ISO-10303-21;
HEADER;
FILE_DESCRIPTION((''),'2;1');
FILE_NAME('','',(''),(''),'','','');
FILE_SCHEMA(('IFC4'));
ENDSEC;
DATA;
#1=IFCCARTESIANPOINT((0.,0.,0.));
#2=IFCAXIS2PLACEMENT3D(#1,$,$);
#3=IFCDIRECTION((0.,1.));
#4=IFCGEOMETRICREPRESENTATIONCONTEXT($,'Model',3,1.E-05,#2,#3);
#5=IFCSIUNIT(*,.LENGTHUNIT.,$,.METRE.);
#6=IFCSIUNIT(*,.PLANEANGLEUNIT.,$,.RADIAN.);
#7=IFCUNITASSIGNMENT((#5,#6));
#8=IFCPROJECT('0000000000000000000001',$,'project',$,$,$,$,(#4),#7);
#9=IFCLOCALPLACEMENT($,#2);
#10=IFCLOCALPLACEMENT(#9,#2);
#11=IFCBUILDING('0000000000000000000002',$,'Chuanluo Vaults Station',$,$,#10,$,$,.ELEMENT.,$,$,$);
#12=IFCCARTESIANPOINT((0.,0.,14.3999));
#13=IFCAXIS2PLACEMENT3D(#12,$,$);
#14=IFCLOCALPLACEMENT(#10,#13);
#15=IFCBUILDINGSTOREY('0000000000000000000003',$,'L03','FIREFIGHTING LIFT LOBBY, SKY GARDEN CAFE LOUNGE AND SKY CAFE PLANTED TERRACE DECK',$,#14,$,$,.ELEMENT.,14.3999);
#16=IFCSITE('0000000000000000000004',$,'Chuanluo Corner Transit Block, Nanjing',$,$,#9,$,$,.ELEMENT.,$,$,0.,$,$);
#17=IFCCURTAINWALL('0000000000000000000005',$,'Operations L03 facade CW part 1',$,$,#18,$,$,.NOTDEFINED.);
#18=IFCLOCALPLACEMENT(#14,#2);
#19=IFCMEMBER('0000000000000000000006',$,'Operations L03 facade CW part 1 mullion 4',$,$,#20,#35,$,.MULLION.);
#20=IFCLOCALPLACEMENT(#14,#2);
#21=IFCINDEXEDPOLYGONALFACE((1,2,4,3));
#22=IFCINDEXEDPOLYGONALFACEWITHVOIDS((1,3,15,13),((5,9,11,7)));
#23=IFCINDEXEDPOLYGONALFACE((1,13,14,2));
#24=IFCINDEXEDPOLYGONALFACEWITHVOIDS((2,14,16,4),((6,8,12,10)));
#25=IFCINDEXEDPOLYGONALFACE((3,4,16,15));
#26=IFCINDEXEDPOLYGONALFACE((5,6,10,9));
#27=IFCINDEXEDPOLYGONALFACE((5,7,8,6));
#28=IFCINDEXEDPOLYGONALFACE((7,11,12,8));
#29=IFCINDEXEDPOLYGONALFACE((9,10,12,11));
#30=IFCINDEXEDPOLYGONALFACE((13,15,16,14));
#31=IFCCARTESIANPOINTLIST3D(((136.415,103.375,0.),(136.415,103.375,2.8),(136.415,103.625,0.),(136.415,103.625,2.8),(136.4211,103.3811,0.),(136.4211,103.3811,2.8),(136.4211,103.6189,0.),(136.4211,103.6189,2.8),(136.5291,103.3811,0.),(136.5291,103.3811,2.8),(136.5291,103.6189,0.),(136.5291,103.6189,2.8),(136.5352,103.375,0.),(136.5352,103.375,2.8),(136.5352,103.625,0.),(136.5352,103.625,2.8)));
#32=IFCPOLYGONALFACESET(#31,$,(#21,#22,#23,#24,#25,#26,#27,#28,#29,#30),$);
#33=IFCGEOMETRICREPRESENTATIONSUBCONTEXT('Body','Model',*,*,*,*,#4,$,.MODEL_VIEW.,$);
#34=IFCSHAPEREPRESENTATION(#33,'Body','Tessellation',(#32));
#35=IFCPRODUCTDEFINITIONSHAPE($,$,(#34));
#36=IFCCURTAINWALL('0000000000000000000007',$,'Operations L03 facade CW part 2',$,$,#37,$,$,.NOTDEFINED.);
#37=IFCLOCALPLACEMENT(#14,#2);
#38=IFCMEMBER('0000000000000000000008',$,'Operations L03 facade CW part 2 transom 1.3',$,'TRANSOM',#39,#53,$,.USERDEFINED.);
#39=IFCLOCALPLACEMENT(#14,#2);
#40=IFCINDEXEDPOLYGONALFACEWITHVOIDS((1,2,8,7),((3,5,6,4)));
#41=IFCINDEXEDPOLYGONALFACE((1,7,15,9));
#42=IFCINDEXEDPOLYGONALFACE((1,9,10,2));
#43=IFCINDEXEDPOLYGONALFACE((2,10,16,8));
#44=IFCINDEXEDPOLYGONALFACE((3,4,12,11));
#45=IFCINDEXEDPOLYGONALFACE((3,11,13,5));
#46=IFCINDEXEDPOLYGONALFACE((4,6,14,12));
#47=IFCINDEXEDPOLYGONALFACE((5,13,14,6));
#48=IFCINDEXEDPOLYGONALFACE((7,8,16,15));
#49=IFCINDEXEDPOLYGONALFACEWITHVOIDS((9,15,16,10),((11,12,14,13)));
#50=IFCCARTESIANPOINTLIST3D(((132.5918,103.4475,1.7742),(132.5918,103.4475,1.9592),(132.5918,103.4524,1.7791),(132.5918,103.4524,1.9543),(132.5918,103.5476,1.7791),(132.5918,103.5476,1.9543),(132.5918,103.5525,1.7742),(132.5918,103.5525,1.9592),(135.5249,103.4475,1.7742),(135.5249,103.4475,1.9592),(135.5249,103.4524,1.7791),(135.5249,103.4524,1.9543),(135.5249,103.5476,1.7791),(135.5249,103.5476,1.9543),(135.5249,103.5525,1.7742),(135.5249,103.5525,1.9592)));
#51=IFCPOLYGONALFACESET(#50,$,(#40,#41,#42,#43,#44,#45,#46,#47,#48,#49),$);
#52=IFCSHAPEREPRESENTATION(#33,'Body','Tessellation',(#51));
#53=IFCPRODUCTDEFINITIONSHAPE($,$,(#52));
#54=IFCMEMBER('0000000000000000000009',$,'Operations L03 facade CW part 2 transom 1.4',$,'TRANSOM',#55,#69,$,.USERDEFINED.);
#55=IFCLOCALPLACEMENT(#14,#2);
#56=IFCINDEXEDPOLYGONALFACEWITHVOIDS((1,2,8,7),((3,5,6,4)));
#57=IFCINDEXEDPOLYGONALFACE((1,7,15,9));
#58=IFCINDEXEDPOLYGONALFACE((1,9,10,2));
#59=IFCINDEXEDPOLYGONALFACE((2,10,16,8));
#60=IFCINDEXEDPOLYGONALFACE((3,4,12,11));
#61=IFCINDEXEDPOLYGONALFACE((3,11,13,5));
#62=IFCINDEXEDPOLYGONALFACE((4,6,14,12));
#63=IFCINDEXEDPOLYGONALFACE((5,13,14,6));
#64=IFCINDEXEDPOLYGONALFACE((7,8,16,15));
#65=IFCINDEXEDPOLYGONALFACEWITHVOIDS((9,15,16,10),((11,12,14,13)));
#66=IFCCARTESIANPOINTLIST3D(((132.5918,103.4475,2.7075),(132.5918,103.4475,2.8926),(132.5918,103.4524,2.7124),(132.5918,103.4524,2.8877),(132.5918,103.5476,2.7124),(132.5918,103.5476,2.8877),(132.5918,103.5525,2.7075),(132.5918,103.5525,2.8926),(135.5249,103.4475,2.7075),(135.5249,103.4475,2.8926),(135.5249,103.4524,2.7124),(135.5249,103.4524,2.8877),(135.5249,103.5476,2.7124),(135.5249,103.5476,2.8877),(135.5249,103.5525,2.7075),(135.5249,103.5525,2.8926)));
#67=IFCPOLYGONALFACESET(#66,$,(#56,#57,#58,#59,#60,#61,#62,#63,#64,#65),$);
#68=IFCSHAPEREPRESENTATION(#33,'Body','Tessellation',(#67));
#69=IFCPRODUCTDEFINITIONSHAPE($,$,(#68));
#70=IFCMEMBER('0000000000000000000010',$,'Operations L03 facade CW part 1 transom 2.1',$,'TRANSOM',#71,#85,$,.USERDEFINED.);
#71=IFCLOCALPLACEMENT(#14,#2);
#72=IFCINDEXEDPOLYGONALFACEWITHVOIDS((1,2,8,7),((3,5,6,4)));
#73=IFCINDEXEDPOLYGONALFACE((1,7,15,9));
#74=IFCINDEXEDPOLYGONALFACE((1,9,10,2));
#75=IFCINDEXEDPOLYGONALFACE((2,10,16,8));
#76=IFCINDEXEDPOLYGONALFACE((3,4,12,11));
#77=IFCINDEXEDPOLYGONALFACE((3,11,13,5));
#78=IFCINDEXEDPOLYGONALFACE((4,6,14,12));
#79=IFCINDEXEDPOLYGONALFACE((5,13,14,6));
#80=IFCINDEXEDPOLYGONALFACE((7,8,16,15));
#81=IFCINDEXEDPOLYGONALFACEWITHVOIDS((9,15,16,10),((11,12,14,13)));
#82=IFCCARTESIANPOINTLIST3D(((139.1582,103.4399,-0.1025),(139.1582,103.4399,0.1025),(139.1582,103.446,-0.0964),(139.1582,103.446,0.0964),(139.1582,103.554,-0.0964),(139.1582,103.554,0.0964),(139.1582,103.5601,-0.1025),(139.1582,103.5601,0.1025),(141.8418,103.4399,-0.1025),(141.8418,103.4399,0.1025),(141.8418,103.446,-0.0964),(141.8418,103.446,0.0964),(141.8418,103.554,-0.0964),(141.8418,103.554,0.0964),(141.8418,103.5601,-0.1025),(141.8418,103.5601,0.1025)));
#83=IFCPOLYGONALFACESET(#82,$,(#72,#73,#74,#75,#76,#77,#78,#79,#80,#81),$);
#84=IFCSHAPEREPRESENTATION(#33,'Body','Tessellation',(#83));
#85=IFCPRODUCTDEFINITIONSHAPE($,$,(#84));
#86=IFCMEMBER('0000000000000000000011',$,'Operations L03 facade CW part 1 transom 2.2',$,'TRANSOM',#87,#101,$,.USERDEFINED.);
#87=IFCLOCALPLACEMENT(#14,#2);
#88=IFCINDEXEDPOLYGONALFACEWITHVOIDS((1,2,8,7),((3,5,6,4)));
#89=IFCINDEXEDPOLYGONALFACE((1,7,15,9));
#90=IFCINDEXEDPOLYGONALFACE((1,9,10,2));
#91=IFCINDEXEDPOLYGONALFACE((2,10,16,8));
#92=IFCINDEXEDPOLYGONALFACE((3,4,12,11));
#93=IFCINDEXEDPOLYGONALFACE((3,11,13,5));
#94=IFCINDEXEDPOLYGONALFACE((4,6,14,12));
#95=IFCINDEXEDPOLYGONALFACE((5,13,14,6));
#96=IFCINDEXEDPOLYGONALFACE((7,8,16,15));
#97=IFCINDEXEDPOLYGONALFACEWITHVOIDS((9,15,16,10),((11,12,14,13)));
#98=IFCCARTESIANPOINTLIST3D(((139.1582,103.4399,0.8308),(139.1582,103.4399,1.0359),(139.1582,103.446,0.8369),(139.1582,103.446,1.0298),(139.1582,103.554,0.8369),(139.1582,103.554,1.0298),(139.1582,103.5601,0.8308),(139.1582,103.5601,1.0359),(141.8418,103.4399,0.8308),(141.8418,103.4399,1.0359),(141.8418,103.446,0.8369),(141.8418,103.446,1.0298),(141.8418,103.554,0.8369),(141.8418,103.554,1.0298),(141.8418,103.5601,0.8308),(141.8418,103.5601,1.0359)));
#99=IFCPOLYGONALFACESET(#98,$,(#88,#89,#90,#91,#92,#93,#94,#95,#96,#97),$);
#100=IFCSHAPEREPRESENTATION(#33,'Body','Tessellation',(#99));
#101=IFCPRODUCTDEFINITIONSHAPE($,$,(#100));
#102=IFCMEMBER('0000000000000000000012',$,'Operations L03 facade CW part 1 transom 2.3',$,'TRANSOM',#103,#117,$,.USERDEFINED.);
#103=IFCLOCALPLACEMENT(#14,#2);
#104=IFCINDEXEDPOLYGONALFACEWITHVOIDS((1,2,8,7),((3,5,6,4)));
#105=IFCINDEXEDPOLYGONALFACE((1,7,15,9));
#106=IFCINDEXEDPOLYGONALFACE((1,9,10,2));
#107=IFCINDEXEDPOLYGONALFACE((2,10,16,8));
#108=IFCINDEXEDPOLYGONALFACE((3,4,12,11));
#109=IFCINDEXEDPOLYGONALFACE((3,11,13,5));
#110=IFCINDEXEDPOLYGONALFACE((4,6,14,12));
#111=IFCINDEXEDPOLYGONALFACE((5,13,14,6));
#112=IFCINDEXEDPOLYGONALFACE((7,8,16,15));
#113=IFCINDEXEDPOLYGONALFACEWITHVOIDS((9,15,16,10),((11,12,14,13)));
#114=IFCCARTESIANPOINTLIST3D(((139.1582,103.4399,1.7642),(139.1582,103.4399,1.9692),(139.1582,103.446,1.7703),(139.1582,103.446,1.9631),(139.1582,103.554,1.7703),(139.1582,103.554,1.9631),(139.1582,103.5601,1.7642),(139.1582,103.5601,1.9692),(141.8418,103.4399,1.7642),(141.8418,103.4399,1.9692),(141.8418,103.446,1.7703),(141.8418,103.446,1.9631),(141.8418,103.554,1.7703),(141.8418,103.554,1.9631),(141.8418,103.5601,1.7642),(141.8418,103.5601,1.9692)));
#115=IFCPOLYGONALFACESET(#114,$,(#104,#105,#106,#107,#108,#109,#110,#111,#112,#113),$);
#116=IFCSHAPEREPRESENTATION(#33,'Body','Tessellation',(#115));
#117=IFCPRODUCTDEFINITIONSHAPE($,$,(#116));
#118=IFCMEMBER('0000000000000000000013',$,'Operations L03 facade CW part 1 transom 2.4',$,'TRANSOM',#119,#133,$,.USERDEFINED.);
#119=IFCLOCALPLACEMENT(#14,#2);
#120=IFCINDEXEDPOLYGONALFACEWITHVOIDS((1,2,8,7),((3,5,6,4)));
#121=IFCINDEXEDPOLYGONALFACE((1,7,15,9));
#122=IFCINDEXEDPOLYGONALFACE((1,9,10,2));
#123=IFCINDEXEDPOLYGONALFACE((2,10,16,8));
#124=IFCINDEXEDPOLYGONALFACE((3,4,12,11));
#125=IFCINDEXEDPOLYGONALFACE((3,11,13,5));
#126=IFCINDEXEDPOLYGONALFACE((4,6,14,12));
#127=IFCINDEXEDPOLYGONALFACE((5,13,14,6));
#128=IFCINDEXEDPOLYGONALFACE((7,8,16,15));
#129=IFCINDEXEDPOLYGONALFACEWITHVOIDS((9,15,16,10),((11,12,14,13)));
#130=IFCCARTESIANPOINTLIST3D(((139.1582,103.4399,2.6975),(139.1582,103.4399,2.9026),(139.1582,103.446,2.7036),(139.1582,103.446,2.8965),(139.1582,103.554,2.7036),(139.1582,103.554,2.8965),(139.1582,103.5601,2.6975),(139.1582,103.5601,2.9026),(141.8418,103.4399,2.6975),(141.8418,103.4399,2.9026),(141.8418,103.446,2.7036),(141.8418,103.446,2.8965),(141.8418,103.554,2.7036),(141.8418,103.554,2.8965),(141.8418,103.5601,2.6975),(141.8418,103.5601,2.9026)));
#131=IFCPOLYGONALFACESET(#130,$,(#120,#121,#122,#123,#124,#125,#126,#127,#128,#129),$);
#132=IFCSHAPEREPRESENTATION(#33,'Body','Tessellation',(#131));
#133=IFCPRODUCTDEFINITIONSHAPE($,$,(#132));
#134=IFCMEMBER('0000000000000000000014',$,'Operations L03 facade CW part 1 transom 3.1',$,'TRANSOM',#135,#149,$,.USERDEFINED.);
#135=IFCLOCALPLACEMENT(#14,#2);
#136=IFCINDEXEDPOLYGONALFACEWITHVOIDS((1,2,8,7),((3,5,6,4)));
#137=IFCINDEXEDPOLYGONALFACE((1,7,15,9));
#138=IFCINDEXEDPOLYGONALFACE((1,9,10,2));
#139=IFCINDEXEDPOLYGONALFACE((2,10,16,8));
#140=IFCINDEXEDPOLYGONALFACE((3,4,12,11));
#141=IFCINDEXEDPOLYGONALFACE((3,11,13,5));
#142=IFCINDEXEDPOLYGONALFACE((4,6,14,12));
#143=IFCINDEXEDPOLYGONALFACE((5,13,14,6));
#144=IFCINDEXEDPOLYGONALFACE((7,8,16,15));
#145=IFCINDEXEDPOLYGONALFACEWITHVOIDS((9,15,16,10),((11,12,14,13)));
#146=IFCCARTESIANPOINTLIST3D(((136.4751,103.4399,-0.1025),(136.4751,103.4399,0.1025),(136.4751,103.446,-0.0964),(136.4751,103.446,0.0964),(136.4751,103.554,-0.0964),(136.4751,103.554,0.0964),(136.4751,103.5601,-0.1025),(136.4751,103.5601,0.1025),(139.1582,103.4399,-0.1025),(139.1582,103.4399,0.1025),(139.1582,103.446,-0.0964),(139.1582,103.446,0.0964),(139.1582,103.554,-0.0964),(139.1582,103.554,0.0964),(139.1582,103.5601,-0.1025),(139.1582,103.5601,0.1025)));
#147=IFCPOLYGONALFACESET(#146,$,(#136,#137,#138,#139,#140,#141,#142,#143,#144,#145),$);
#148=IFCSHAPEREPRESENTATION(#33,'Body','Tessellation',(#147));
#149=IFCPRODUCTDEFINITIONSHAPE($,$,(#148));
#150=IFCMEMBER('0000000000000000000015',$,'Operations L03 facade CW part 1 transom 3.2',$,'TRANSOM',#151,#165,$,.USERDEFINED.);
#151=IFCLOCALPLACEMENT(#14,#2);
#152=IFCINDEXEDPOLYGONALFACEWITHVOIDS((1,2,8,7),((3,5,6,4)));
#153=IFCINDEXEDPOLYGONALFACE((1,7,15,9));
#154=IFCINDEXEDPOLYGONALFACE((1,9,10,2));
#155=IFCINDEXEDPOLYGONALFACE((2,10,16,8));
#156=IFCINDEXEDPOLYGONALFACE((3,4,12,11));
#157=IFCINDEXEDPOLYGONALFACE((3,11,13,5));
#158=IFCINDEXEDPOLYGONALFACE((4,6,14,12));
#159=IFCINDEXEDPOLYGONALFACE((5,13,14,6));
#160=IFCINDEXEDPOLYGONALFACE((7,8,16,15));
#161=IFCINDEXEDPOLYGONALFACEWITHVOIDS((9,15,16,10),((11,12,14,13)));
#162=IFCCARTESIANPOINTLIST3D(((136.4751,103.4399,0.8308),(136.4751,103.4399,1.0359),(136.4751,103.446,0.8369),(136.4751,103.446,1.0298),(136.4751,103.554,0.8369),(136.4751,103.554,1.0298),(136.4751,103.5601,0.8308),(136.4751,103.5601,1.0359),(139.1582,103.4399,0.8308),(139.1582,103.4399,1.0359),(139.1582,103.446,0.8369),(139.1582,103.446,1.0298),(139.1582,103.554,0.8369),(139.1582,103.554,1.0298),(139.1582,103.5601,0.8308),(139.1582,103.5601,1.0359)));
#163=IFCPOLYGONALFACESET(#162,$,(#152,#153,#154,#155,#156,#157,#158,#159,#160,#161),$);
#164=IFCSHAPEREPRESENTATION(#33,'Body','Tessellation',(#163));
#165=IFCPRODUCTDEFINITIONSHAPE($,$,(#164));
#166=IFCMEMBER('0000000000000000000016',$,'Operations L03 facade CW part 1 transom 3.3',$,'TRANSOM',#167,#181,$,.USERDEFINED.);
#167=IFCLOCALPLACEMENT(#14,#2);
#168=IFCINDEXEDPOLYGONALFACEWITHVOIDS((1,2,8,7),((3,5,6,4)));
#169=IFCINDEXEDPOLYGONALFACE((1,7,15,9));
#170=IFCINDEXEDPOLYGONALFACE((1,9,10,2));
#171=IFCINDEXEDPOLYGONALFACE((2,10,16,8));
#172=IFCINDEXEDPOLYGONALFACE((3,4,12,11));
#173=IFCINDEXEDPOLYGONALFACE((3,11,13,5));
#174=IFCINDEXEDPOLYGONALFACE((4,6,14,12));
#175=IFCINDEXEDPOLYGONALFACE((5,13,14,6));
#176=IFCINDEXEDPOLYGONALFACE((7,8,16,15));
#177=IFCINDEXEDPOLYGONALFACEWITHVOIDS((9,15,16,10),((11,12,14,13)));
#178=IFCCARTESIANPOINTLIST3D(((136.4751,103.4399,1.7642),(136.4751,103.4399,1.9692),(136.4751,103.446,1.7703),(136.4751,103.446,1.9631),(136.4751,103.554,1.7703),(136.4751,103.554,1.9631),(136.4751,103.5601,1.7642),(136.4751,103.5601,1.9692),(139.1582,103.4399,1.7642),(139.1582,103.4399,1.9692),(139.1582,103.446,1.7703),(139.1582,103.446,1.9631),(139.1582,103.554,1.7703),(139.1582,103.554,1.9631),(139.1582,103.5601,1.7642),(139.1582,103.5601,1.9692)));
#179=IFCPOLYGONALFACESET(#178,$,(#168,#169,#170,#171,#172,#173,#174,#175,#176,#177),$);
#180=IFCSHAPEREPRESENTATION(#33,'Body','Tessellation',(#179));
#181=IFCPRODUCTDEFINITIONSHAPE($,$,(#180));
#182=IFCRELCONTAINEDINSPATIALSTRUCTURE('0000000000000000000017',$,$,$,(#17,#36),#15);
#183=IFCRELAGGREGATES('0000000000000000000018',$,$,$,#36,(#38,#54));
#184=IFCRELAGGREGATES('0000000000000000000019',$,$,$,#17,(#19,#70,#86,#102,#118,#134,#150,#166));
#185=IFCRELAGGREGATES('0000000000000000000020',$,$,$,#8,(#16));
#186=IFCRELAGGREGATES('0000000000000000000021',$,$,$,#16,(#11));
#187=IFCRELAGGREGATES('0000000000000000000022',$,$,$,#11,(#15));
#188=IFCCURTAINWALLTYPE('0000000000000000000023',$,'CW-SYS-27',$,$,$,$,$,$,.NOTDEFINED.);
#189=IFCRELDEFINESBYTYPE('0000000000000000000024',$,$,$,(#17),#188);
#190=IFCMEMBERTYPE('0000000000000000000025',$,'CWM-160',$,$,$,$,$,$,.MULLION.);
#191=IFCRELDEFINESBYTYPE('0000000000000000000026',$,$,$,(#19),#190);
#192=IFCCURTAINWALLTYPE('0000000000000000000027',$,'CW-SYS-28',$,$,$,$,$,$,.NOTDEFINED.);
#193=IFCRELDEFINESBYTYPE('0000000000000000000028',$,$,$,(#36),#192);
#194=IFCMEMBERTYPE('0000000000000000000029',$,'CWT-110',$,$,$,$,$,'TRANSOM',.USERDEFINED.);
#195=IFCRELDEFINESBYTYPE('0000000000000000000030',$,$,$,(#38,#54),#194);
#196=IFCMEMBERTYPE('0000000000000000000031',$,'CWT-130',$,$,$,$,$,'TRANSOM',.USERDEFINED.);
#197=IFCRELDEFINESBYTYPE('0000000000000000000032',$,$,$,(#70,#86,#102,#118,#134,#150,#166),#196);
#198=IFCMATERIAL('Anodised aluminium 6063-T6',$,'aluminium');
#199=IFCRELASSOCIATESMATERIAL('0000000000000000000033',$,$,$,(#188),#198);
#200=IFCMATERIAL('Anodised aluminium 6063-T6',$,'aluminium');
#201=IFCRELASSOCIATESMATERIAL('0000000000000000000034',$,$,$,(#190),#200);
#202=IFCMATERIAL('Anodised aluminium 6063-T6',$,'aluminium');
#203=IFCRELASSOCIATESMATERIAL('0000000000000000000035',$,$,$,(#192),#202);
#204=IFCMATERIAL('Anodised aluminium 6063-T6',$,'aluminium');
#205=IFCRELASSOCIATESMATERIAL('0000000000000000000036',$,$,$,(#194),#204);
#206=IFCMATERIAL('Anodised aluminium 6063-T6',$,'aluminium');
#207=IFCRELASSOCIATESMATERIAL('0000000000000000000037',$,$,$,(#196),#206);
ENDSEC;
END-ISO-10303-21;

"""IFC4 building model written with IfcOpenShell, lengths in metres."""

from ifc_helpers import new_model, si_unit, direction, frame, origin, origin_2d, place, context, subcontext, project, spatial, hollow_rectangle, extrude, material, material_profile, profile_set, type_object, element, aggregate, save


model = new_model("IFC4")

# Units and contexts
model_context = context("Model", 3, precision=1e-05, world=origin(), true_north=direction((0.0, 1.0)))
body_context = subcontext(model_context, "Body", "Model", "MODEL_VIEW")
ifc_project = project(units=[si_unit("LENGTHUNIT", "METRE"), si_unit("PLANEANGLEUNIT", "RADIAN")], contexts=[model_context])

# Site, building, storey
site_placement = place(None, origin())
site = spatial("IfcSite", under=ifc_project, at=site_placement, Name="Chuanluo Corner Transit Block, Nanjing", CompositionType="ELEMENT", RefElevation=0.0)
building_placement = place(site_placement, origin())
building = spatial("IfcBuilding", under=site, at=building_placement, Name="Chuanluo Vaults Station", CompositionType="ELEMENT")
storey_placement = place(building_placement, frame((0.0, 0.0, 14.3999)))
storey = spatial("IfcBuildingStorey", under=building, at=storey_placement, Name="L03", Description="FIREFIGHTING LIFT LOBBY, SKY GARDEN CAFE LOUNGE AND SKY CAFE PLANTED TERRACE DECK", CompositionType="ELEMENT", Elevation=14.3999)

# Curtain walls, members
ifc_material_1 = material(Name="Anodised aluminium 6063-T6", Category="aluminium")
curtain_wall_type_1 = type_object("IfcCurtainWallType", Name="CW-SYS-27", PredefinedType="NOTDEFINED", material=ifc_material_1)
curtain_wall_1_placement = place(storey_placement, origin())
curtain_wall_1 = element("IfcCurtainWall", 1, at=curtain_wall_1_placement, inside=storey, type_object=curtain_wall_type_1, Name="Operations L03 facade CW part 1", PredefinedType="NOTDEFINED")
ifc_material_2 = material(Name="Anodised aluminium 6063-T6", Category="aluminium")
ifc_material_profile_1 = material_profile(ifc_material_2, hollow_rectangle(XDim=0.1201, YDim=0.25, WallThickness=0.0061, at=origin_2d()))
ifc_profile_set_1 = profile_set([ifc_material_profile_1], Name="Anodised aluminium 6063-T6")
member_type_1 = type_object("IfcMemberType", Name="CWM-160", PredefinedType="MULLION", material=ifc_profile_set_1)
member_1_placement = place(storey_placement, frame((136.4751, 103.5, 0.0), z_axis=(0.0, 0.0, 1.0), x_axis=(-1.0, 0.0, 0.0)))
member_1 = element("IfcMember", 2, at=member_1_placement, type_object=member_type_1, Name="Operations L03 facade CW part 1 mullion 4", PredefinedType="MULLION", context=body_context, shape_type="SweptSolid", body=[
    extrude(hollow_rectangle(XDim=0.1201, YDim=0.25, WallThickness=0.0061, at=origin_2d()), origin(), (0.0, 0.0, 1.0), 2.8),
])
ifc_material_3 = material(Name="Anodised aluminium 6063-T6", Category="aluminium")
curtain_wall_type_2 = type_object("IfcCurtainWallType", Name="CW-SYS-28", PredefinedType="NOTDEFINED", material=ifc_material_3)
curtain_wall_2_placement = place(storey_placement, origin())
curtain_wall_2 = element("IfcCurtainWall", 3, at=curtain_wall_2_placement, inside=storey, type_object=curtain_wall_type_2, Name="Operations L03 facade CW part 2", PredefinedType="NOTDEFINED")
ifc_material_4 = material(Name="Anodised aluminium 6063-T6", Category="aluminium")
ifc_material_profile_2 = material_profile(ifc_material_4, hollow_rectangle(XDim=0.105, YDim=0.1851, WallThickness=0.0049, at=origin_2d()))
ifc_profile_set_2 = profile_set([ifc_material_profile_2], Name="Anodised aluminium 6063-T6")
member_type_2 = type_object("IfcMemberType", Name="CWT-110", ElementType="TRANSOM", PredefinedType="USERDEFINED", material=ifc_profile_set_2)
member_2_placement = place(storey_placement, frame((135.5249, 103.5, 1.8667), z_axis=(-1.0, 0.0, 0.0), x_axis=(0.0, -1.0, 0.0)))
member_2 = element("IfcMember", 4, at=member_2_placement, type_object=member_type_2, Name="Operations L03 facade CW part 2 transom 1.3", ObjectType="TRANSOM", PredefinedType="USERDEFINED", context=body_context, shape_type="SweptSolid", body=[
    extrude(hollow_rectangle(XDim=0.105, YDim=0.1851, WallThickness=0.0049, at=origin_2d()), origin(), (0.0, 0.0, 1.0), 2.9331),
])
member_3_placement = place(storey_placement, frame((135.5249, 103.5, 2.8), z_axis=(-1.0, 0.0, 0.0), x_axis=(0.0, -1.0, 0.0)))
member_3 = element("IfcMember", 5, at=member_3_placement, type_object=member_type_2, Name="Operations L03 facade CW part 2 transom 1.4", ObjectType="TRANSOM", PredefinedType="USERDEFINED", context=body_context, shape_type="SweptSolid", body=[
    extrude(hollow_rectangle(XDim=0.105, YDim=0.1851, WallThickness=0.0049, at=origin_2d()), origin(), (0.0, 0.0, 1.0), 2.9331),
])
aggregate(curtain_wall_2, [member_2, member_3])

# Members
ifc_material_5 = material(Name="Anodised aluminium 6063-T6", Category="aluminium")
ifc_material_profile_3 = material_profile(ifc_material_5, hollow_rectangle(XDim=0.1201, YDim=0.2051, WallThickness=0.0061, at=origin_2d()))
ifc_profile_set_3 = profile_set([ifc_material_profile_3], Name="Anodised aluminium 6063-T6")
member_type_3 = type_object("IfcMemberType", Name="CWT-130", ElementType="TRANSOM", PredefinedType="USERDEFINED", material=ifc_profile_set_3)
member_4_placement = place(storey_placement, frame((141.8418, 103.5, 0.0), z_axis=(-1.0, 0.0, 0.0), x_axis=(0.0, -1.0, 0.0)))
member_4 = element("IfcMember", 6, at=member_4_placement, type_object=member_type_3, Name="Operations L03 facade CW part 1 transom 2.1", ObjectType="TRANSOM", PredefinedType="USERDEFINED", context=body_context, shape_type="SweptSolid", body=[
    extrude(hollow_rectangle(XDim=0.1201, YDim=0.2051, WallThickness=0.0061, at=origin_2d()), origin(), (0.0, 0.0, 1.0), 2.6836),
])
member_5_placement = place(storey_placement, frame((141.8418, 103.5, 0.9333), z_axis=(-1.0, 0.0, 0.0), x_axis=(0.0, -1.0, 0.0)))
member_5 = element("IfcMember", 7, at=member_5_placement, type_object=member_type_3, Name="Operations L03 facade CW part 1 transom 2.2", ObjectType="TRANSOM", PredefinedType="USERDEFINED", context=body_context, shape_type="SweptSolid", body=[
    extrude(hollow_rectangle(XDim=0.1201, YDim=0.2051, WallThickness=0.0061, at=origin_2d()), origin(), (0.0, 0.0, 1.0), 2.6836),
])
member_6_placement = place(storey_placement, frame((141.8418, 103.5, 1.8667), z_axis=(-1.0, 0.0, 0.0), x_axis=(0.0, -1.0, 0.0)))
member_6 = element("IfcMember", 8, at=member_6_placement, type_object=member_type_3, Name="Operations L03 facade CW part 1 transom 2.3", ObjectType="TRANSOM", PredefinedType="USERDEFINED", context=body_context, shape_type="SweptSolid", body=[
    extrude(hollow_rectangle(XDim=0.1201, YDim=0.2051, WallThickness=0.0061, at=origin_2d()), origin(), (0.0, 0.0, 1.0), 2.6836),
])
member_7_placement = place(storey_placement, frame((141.8418, 103.5, 2.8), z_axis=(-1.0, 0.0, 0.0), x_axis=(0.0, -1.0, 0.0)))
member_7 = element("IfcMember", 9, at=member_7_placement, type_object=member_type_3, Name="Operations L03 facade CW part 1 transom 2.4", ObjectType="TRANSOM", PredefinedType="USERDEFINED", context=body_context, shape_type="SweptSolid", body=[
    extrude(hollow_rectangle(XDim=0.1201, YDim=0.2051, WallThickness=0.0061, at=origin_2d()), origin(), (0.0, 0.0, 1.0), 2.6836),
])
member_8_placement = place(storey_placement, frame((139.1582, 103.5, 0.0), z_axis=(-1.0, 0.0, 0.0), x_axis=(0.0, -1.0, 0.0)))
member_8 = element("IfcMember", 10, at=member_8_placement, type_object=member_type_3, Name="Operations L03 facade CW part 1 transom 3.1", ObjectType="TRANSOM", PredefinedType="USERDEFINED", context=body_context, shape_type="SweptSolid", body=[
    extrude(hollow_rectangle(XDim=0.1201, YDim=0.2051, WallThickness=0.0061, at=origin_2d()), origin(), (0.0, 0.0, 1.0), 2.6831),
])
member_9_placement = place(storey_placement, frame((139.1582, 103.5, 0.9333), z_axis=(-1.0, 0.0, 0.0), x_axis=(0.0, -1.0, 0.0)))
member_9 = element("IfcMember", 11, at=member_9_placement, type_object=member_type_3, Name="Operations L03 facade CW part 1 transom 3.2", ObjectType="TRANSOM", PredefinedType="USERDEFINED", context=body_context, shape_type="SweptSolid", body=[
    extrude(hollow_rectangle(XDim=0.1201, YDim=0.2051, WallThickness=0.0061, at=origin_2d()), origin(), (0.0, 0.0, 1.0), 2.6831),
])
member_10_placement = place(storey_placement, frame((139.1582, 103.5, 1.8667), z_axis=(-1.0, 0.0, 0.0), x_axis=(0.0, -1.0, 0.0)))
member_10 = element("IfcMember", 12, at=member_10_placement, type_object=member_type_3, Name="Operations L03 facade CW part 1 transom 3.3", ObjectType="TRANSOM", PredefinedType="USERDEFINED", context=body_context, shape_type="SweptSolid", body=[
    extrude(hollow_rectangle(XDim=0.1201, YDim=0.2051, WallThickness=0.0061, at=origin_2d()), origin(), (0.0, 0.0, 1.0), 2.6831),
])

aggregate(curtain_wall_1, [member_1, member_4, member_5, member_6, member_7, member_8, member_9, member_10])

save(model, "model.ifc")
